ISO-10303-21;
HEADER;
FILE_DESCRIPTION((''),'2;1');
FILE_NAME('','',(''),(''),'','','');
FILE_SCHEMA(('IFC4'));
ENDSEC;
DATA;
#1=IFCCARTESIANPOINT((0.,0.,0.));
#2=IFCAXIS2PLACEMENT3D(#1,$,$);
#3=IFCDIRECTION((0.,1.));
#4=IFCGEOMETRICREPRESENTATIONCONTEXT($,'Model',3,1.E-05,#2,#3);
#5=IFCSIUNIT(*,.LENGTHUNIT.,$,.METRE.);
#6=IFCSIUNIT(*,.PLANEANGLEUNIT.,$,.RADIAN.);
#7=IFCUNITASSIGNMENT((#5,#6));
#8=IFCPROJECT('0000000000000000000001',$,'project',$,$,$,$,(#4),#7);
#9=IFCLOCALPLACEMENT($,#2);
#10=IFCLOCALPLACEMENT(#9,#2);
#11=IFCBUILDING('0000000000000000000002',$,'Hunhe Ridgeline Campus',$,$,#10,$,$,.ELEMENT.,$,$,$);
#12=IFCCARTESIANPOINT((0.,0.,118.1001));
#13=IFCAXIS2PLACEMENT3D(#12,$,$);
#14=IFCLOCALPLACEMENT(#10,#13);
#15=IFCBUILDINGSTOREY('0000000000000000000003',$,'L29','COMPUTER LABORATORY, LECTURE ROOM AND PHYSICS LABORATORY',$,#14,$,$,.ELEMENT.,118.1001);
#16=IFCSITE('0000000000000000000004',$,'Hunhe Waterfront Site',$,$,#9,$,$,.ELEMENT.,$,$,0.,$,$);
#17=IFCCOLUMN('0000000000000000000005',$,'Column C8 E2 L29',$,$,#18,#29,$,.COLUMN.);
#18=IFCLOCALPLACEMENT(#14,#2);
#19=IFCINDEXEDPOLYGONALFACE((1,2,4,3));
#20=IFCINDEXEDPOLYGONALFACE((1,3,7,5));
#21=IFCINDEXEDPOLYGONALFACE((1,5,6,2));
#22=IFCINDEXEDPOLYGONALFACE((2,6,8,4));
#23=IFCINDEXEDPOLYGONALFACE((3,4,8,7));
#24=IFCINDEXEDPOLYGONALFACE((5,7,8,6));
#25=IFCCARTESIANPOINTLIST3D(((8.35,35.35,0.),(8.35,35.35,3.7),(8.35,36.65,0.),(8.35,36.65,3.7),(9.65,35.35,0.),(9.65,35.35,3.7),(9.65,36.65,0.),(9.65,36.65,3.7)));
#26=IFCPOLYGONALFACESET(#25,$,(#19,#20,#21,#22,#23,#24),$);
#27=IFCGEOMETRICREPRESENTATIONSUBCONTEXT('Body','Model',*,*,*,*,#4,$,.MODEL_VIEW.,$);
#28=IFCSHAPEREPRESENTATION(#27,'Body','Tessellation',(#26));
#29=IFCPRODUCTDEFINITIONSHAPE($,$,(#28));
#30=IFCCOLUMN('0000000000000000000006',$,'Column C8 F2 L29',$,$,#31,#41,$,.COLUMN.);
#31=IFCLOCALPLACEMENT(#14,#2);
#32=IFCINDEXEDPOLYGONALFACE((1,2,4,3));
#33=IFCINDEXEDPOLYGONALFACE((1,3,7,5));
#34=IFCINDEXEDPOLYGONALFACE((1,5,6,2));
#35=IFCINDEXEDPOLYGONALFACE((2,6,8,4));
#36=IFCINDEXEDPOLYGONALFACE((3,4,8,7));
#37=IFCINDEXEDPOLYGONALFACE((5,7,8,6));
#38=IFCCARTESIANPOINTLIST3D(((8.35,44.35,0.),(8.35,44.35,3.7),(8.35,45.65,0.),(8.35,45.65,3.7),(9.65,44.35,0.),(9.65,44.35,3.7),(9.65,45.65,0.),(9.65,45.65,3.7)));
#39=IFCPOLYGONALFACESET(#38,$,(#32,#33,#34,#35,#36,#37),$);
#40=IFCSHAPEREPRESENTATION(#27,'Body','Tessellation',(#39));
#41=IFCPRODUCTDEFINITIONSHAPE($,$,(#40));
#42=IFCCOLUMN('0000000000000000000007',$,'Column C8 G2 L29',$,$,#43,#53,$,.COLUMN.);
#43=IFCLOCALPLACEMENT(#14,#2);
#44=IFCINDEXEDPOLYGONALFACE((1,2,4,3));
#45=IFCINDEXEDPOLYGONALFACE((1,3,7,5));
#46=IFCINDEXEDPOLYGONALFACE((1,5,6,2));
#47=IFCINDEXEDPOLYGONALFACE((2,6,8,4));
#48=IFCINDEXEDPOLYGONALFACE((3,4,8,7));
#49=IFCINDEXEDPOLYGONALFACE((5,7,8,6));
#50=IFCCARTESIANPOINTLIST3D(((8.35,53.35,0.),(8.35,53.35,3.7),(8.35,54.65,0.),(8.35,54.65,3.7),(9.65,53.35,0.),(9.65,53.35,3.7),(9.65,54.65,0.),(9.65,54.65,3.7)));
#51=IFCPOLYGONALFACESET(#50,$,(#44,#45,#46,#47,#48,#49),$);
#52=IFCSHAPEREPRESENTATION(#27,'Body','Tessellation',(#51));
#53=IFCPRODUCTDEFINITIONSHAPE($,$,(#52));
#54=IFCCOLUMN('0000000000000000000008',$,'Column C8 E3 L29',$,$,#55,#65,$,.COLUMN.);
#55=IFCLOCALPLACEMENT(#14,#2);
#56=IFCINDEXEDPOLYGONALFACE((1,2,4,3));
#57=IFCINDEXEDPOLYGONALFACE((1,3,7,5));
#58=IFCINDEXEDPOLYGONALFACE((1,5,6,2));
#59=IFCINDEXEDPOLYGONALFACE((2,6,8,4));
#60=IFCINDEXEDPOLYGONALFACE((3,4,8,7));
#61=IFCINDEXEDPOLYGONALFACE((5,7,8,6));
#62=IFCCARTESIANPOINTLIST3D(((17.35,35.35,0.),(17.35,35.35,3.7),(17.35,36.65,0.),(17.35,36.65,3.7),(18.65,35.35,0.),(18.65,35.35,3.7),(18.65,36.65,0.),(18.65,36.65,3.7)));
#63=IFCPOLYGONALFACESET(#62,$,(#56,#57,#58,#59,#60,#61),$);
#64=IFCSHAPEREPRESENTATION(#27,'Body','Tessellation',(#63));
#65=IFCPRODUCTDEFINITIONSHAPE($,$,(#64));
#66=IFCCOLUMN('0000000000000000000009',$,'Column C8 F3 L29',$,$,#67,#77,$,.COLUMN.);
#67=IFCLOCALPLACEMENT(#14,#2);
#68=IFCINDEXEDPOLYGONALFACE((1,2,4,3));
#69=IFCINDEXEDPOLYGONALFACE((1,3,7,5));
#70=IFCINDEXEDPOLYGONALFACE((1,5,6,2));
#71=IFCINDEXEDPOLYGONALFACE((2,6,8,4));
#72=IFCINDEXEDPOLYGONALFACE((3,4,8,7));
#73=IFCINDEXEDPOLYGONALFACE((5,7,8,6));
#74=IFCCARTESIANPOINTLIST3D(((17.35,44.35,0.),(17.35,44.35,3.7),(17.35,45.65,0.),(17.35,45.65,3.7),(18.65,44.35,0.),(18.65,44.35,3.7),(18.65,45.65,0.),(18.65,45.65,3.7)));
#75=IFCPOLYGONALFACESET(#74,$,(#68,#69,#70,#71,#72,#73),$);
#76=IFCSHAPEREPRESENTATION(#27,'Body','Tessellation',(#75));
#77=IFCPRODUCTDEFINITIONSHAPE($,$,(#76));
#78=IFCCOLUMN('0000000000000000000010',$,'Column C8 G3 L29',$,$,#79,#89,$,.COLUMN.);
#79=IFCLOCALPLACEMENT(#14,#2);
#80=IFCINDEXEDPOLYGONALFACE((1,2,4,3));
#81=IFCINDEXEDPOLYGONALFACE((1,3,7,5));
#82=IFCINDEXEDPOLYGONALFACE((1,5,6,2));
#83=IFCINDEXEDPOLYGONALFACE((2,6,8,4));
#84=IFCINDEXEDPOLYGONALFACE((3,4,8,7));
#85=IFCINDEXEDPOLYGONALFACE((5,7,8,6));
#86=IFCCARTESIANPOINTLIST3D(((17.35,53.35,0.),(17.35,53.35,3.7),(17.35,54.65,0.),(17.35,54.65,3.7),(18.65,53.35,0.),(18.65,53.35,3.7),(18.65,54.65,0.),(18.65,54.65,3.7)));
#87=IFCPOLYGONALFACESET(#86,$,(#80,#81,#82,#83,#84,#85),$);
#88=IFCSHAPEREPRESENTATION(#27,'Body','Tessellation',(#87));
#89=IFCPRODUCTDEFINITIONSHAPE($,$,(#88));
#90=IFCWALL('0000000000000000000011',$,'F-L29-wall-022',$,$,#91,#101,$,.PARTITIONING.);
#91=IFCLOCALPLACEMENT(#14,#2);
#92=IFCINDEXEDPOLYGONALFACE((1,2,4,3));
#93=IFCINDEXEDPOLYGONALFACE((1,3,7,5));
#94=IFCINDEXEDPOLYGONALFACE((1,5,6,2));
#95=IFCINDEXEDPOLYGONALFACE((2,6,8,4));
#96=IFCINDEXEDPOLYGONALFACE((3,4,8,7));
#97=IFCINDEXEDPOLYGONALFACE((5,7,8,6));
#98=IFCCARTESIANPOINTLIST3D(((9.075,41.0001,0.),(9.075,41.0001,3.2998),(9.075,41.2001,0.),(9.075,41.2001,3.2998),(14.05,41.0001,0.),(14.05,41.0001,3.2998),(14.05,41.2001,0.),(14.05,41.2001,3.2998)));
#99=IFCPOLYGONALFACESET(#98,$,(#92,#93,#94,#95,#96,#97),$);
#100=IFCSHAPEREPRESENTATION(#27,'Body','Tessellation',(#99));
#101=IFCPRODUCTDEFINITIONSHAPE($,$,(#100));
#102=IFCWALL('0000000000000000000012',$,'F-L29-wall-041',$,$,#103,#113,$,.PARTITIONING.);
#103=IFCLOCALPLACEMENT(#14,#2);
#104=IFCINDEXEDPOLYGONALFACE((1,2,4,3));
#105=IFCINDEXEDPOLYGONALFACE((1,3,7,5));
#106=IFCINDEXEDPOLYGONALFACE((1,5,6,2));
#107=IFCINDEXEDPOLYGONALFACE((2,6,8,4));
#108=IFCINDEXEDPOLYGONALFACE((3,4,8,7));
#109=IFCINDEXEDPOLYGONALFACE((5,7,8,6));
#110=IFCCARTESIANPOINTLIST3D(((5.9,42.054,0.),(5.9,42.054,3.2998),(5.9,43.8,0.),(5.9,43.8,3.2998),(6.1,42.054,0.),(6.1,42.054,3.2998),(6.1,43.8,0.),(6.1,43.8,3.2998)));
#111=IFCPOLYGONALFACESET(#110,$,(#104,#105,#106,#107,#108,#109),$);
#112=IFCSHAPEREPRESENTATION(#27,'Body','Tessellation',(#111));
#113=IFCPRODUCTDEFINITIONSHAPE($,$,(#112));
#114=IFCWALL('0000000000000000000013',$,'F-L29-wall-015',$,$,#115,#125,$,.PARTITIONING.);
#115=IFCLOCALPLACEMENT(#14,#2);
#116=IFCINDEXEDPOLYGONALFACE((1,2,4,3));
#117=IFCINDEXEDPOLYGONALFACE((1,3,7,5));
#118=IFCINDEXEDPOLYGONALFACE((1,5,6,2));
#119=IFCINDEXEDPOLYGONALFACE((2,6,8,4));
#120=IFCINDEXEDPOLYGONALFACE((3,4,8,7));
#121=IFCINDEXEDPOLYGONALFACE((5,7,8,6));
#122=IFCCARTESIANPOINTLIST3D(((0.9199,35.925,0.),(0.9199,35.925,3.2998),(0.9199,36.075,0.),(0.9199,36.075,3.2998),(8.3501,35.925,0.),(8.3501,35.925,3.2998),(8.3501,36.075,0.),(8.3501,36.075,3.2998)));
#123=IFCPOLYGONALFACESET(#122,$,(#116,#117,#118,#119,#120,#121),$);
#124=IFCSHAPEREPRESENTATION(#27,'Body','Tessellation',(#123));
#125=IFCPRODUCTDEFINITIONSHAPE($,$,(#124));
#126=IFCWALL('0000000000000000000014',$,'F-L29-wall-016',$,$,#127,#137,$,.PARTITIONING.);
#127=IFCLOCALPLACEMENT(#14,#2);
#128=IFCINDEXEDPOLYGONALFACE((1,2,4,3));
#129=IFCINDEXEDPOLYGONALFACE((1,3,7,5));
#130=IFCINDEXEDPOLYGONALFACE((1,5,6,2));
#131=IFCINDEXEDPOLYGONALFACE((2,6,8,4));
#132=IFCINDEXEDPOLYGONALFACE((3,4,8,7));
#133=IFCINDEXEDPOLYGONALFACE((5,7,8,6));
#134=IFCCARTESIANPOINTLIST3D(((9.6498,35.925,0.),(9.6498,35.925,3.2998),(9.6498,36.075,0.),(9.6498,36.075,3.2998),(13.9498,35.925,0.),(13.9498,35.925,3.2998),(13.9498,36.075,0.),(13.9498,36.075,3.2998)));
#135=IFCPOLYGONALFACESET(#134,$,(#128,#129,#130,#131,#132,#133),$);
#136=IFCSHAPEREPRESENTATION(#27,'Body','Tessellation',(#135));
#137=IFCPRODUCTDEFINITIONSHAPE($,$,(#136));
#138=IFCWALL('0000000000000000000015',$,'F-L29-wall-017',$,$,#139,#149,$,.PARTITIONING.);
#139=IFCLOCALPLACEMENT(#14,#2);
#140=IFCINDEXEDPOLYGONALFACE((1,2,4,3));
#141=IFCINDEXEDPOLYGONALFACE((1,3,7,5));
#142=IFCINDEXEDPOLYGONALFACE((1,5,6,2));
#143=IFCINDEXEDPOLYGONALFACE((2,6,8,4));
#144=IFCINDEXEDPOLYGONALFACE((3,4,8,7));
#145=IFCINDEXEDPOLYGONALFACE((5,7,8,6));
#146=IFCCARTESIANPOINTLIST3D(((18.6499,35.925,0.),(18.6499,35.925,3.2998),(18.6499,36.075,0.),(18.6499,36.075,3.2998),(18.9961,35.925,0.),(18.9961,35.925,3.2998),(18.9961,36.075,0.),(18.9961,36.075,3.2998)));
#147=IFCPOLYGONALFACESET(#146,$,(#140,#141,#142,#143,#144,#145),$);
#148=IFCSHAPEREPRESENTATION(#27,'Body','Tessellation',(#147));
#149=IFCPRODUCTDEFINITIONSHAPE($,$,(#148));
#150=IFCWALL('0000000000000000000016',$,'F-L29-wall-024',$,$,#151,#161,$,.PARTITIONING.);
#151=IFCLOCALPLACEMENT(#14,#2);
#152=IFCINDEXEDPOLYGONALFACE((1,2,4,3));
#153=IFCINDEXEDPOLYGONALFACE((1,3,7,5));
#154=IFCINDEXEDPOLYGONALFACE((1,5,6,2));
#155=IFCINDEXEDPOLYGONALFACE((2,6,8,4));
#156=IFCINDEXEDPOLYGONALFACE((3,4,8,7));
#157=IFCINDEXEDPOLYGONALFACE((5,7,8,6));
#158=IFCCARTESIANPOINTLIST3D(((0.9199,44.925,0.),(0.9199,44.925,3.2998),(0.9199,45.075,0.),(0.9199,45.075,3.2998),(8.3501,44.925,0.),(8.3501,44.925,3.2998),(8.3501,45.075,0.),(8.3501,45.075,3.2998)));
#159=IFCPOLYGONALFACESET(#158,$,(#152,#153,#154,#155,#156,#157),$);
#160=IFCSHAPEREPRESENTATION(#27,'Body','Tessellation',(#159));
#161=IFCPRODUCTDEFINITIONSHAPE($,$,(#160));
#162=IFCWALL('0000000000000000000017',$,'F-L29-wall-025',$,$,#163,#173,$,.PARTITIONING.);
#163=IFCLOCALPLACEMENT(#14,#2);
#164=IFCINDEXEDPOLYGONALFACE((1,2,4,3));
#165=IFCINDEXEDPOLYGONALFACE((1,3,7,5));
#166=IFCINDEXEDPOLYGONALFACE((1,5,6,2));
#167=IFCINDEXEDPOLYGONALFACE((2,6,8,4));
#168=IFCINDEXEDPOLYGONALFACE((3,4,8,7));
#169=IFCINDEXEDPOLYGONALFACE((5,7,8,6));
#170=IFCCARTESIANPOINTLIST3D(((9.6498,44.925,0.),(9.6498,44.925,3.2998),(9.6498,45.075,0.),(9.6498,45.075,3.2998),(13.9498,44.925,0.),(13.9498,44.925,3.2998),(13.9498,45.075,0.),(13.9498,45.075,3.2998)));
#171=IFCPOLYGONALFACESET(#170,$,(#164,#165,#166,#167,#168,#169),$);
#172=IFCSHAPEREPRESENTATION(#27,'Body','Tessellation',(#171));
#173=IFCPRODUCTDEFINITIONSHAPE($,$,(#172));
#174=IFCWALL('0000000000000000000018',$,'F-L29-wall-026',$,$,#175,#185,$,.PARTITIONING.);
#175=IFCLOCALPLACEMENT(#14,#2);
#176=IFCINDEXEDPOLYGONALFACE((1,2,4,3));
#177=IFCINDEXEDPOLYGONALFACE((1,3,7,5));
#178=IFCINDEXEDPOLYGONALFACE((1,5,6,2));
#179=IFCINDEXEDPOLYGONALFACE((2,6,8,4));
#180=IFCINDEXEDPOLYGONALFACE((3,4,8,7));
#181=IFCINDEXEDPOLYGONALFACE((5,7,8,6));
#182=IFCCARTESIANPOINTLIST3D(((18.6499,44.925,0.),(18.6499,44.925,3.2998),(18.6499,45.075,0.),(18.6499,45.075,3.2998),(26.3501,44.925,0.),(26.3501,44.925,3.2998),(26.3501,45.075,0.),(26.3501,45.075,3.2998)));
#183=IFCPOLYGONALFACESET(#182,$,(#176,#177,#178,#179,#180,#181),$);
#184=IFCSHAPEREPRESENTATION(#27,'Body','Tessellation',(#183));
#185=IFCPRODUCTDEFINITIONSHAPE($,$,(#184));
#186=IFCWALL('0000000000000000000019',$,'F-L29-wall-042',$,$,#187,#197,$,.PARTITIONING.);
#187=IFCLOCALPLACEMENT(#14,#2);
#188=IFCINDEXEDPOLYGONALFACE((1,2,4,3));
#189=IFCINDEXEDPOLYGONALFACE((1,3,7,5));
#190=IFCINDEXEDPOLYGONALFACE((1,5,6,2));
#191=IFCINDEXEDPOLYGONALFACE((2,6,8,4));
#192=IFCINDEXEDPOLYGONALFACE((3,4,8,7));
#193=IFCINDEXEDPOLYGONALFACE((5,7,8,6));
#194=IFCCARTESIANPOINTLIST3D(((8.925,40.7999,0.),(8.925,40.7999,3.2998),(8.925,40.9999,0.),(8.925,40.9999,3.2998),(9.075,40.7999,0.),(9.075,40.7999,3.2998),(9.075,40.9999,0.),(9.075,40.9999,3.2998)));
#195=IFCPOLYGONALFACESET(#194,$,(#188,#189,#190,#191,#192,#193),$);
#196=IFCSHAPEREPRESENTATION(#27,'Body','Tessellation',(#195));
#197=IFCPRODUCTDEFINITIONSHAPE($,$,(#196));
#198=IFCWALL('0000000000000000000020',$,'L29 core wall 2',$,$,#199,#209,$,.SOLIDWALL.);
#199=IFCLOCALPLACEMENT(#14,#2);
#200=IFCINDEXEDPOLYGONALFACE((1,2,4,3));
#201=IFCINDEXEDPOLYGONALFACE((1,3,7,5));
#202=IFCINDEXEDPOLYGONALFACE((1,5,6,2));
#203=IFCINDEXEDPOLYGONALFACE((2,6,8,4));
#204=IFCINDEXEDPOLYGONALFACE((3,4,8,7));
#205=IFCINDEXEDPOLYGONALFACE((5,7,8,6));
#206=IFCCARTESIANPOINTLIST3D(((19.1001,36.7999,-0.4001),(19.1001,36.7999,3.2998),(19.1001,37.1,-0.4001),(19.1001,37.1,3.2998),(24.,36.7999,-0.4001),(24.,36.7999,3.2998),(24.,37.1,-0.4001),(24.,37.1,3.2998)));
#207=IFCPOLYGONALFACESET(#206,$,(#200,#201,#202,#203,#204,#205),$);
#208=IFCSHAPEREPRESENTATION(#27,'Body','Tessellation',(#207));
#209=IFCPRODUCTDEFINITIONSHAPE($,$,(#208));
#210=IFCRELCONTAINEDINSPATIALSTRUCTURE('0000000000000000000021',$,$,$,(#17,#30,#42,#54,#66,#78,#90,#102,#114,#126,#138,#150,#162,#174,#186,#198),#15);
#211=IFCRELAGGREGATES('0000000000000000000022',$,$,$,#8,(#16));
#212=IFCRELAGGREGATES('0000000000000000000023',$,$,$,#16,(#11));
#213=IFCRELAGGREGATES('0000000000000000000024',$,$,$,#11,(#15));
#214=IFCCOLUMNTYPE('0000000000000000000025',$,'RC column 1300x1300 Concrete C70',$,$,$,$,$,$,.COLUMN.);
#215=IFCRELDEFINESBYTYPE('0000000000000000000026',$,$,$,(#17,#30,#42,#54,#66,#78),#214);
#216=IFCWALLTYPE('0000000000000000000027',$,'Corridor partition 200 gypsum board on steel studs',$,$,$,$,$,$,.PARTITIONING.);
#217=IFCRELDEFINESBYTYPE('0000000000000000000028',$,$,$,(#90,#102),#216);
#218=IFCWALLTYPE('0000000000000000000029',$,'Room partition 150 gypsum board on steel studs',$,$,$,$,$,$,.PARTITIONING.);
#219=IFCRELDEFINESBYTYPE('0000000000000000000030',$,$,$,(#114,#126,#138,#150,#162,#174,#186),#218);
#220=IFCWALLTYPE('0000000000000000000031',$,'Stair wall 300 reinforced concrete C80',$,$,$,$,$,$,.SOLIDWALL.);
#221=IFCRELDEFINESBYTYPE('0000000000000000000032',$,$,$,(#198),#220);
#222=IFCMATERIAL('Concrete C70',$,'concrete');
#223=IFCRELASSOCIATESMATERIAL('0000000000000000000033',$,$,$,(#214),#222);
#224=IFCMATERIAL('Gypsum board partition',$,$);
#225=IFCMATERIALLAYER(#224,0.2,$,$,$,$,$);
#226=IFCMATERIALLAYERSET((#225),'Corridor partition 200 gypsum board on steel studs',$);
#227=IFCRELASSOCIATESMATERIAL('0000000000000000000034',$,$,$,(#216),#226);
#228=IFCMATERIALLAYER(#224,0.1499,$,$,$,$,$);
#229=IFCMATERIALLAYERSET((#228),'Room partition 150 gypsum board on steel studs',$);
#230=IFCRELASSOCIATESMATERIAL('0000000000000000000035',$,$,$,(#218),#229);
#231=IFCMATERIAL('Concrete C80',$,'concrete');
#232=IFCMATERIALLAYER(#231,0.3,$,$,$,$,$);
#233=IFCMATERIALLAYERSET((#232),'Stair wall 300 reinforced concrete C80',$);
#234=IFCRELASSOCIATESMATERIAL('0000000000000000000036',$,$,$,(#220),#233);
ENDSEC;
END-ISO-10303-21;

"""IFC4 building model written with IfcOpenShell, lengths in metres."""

from ifc_helpers import new_model, si_unit, direction, frame, frame_2d, origin, origin_2d, place, context, subcontext, project, spatial, rectangle, extrude, material, layer, layer_set, material_profile, profile_set, type_object, element, save


model = new_model("IFC4")

# Units and contexts
model_context = context("Model", 3, precision=1e-05, world=origin(), true_north=direction((0.0, 1.0)))
body_context = subcontext(model_context, "Body", "Model", "MODEL_VIEW")
ifc_project = project(units=[si_unit("LENGTHUNIT", "METRE"), si_unit("PLANEANGLEUNIT", "RADIAN")], contexts=[model_context])

# Site, building, storey
site_placement = place(None, origin())
site = spatial("IfcSite", under=ifc_project, at=site_placement, Name="Hunhe Waterfront Site", CompositionType="ELEMENT", RefElevation=0.0)
building_placement = place(site_placement, origin())
building = spatial("IfcBuilding", under=site, at=building_placement, Name="Hunhe Ridgeline Campus", CompositionType="ELEMENT")
storey_placement = place(building_placement, frame((0.0, 0.0, 118.1001)))
storey = spatial("IfcBuildingStorey", under=building, at=storey_placement, Name="L29", Description="COMPUTER LABORATORY, LECTURE ROOM AND PHYSICS LABORATORY", CompositionType="ELEMENT", Elevation=118.1001)

# Columns
ifc_material_1 = material(Name="Concrete C70", Category="concrete")
ifc_material_profile = material_profile(ifc_material_1, rectangle(XDim=1.3, YDim=1.3, at=origin_2d()))
ifc_profile_set = profile_set([ifc_material_profile], Name="Concrete C70")
column_type = type_object("IfcColumnType", Name="RC column 1300x1300 Concrete C70", PredefinedType="COLUMN", material=ifc_profile_set)
for number, where, z_axis, x_axis, name in (
    (1, (9.0, 36.0, 0.0), (0.0, 0.0, 1.0), (1.0, 0.0, 0.0), "Column C8 E2 L29"),
    (2, (9.0, 45.0, 0.0), (0.0, 0.0, 1.0), (1.0, 0.0, 0.0), "Column C8 F2 L29"),
    (3, (9.0, 54.0, 0.0), (0.0, 0.0, 1.0), (1.0, 0.0, 0.0), "Column C8 G2 L29"),
    (4, (18.0, 36.0, 0.0), (0.0, 0.0, 1.0), (1.0, 0.0, 0.0), "Column C8 E3 L29"),
    (5, (18.0, 45.0, 0.0), (0.0, 0.0, 1.0), (1.0, 0.0, 0.0), "Column C8 F3 L29"),
    (6, (18.0, 54.0, 0.0), (0.0, 0.0, 1.0), (1.0, 0.0, 0.0), "Column C8 G3 L29"),
):
    element("IfcColumn", number, at=place(storey_placement, frame(where, z_axis=z_axis, x_axis=x_axis)), inside=storey, type_object=column_type, Name=name, PredefinedType="COLUMN", context=body_context, shape_type="SweptSolid", body=[
        extrude(rectangle(XDim=1.3, YDim=1.3, at=origin_2d()), origin(), (0.0, 0.0, 1.0), 3.7),
    ])

# Wall
ifc_material_2 = material(Name="Gypsum board partition")
ifc_layer_1 = layer(ifc_material_2, 0.2)
ifc_layer_set_1 = layer_set([ifc_layer_1], Name="Corridor partition 200 gypsum board on steel studs")
wall_type_1 = type_object("IfcWallType", Name="Corridor partition 200 gypsum board on steel studs", PredefinedType="PARTITIONING", material=ifc_layer_set_1)
wall_1_placement = place(storey_placement, frame((14.05, 41.1001, 0.0), z_axis=(0.0, 0.0, 1.0), x_axis=(-1.0, 0.0, 0.0)))
element("IfcWall", 7, at=wall_1_placement, inside=storey, type_object=wall_type_1, Name="F-L29-wall-022", PredefinedType="PARTITIONING", context=body_context, shape_type="SweptSolid", body=[
    extrude(rectangle(XDim=4.9751, YDim=0.2, at=frame_2d((2.4875, 0.0))), origin(), (0.0, 0.0, 1.0), 3.2998),
])

# Wall
wall_2_placement = place(storey_placement, frame((6.0, 42.054, 0.0), z_axis=(0.0, 0.0, 1.0), x_axis=(0.0, 1.0, 0.0)))
element("IfcWall", 8, at=wall_2_placement, inside=storey, type_object=wall_type_1, Name="F-L29-wall-041", PredefinedType="PARTITIONING", context=body_context, shape_type="SweptSolid", body=[
    extrude(rectangle(XDim=1.7461, YDim=0.2, at=frame_2d((0.873, 0.0))), origin(), (0.0, 0.0, 1.0), 3.2998),
])

# Walls
ifc_layer_2 = layer(ifc_material_2, 0.1499)
ifc_layer_set_2 = layer_set([ifc_layer_2], Name="Room partition 150 gypsum board on steel studs")
wall_type_2 = type_object("IfcWallType", Name="Room partition 150 gypsum board on steel studs", PredefinedType="PARTITIONING", material=ifc_layer_set_2)
wall_3_placement = place(storey_placement, frame((0.9199, 36.0, 0.0), z_axis=(0.0, 0.0, 1.0), x_axis=(1.0, 0.0, 0.0)))
element("IfcWall", 9, at=wall_3_placement, inside=storey, type_object=wall_type_2, Name="F-L29-wall-015", PredefinedType="PARTITIONING", context=body_context, shape_type="SweptSolid", body=[
    extrude(rectangle(XDim=7.4302, YDim=0.1499, at=frame_2d((3.7151, 0.0))), origin(), (0.0, 0.0, 1.0), 3.2998),
])
wall_4_placement = place(storey_placement, frame((9.6499, 36.0, 0.0), z_axis=(0.0, 0.0, 1.0), x_axis=(1.0, 0.0, 0.0)))
element("IfcWall", 10, at=wall_4_placement, inside=storey, type_object=wall_type_2, Name="F-L29-wall-016", PredefinedType="PARTITIONING", context=body_context, shape_type="SweptSolid", body=[
    extrude(rectangle(XDim=4.3, YDim=0.1499, at=frame_2d((2.1499, 0.0))), origin(), (0.0, 0.0, 1.0), 3.2998),
])
wall_5_placement = place(storey_placement, frame((18.6499, 36.0, 0.0), z_axis=(0.0, 0.0, 1.0), x_axis=(1.0, 0.0, 0.0)))
element("IfcWall", 11, at=wall_5_placement, inside=storey, type_object=wall_type_2, Name="F-L29-wall-017", PredefinedType="PARTITIONING", context=body_context, shape_type="SweptSolid", body=[
    extrude(rectangle(XDim=0.3462, YDim=0.1499, at=frame_2d((0.1731, 0.0))), origin(), (0.0, 0.0, 1.0), 3.2998),
])
wall_6_placement = place(storey_placement, frame((0.9199, 45.0, 0.0), z_axis=(0.0, 0.0, 1.0), x_axis=(1.0, 0.0, 0.0)))
element("IfcWall", 12, at=wall_6_placement, inside=storey, type_object=wall_type_2, Name="F-L29-wall-024", PredefinedType="PARTITIONING", context=body_context, shape_type="SweptSolid", body=[
    extrude(rectangle(XDim=7.4302, YDim=0.1499, at=frame_2d((3.7151, 0.0))), origin(), (0.0, 0.0, 1.0), 3.2998),
])
wall_7_placement = place(storey_placement, frame((9.6499, 45.0, 0.0), z_axis=(0.0, 0.0, 1.0), x_axis=(1.0, 0.0, 0.0)))
element("IfcWall", 13, at=wall_7_placement, inside=storey, type_object=wall_type_2, Name="F-L29-wall-025", PredefinedType="PARTITIONING", context=body_context, shape_type="SweptSolid", body=[
    extrude(rectangle(XDim=4.3, YDim=0.1499, at=frame_2d((2.1499, 0.0))), origin(), (0.0, 0.0, 1.0), 3.2998),
])
wall_8_placement = place(storey_placement, frame((18.6499, 45.0, 0.0), z_axis=(0.0, 0.0, 1.0), x_axis=(1.0, 0.0, 0.0)))
element("IfcWall", 14, at=wall_8_placement, inside=storey, type_object=wall_type_2, Name="F-L29-wall-026", PredefinedType="PARTITIONING", context=body_context, shape_type="SweptSolid", body=[
    extrude(rectangle(XDim=7.7002, YDim=0.1499, at=frame_2d((3.8501, 0.0))), origin(), (0.0, 0.0, 1.0), 3.2998),
])
wall_9_placement = place(storey_placement, frame((9.0, 41.0, 0.0), z_axis=(0.0, 0.0, 1.0), x_axis=(0.0, -1.0, 0.0)))
element("IfcWall", 15, at=wall_9_placement, inside=storey, type_object=wall_type_2, Name="F-L29-wall-042", PredefinedType="PARTITIONING", context=body_context, shape_type="SweptSolid", body=[
    extrude(rectangle(XDim=0.2, YDim=0.1499, at=frame_2d((0.1001, 0.0))), origin(), (0.0, 0.0, 1.0), 3.2998),
])
ifc_material_3 = material(Name="Concrete C80", Category="concrete")
ifc_layer_3 = layer(ifc_material_3, 0.3)
ifc_layer_set_3 = layer_set([ifc_layer_3], Name="Stair wall 300 reinforced concrete C80")
wall_type_3 = type_object("IfcWallType", Name="Stair wall 300 reinforced concrete C80", PredefinedType="SOLIDWALL", material=ifc_layer_set_3)
wall_10_placement = place(storey_placement, frame((19.1001, 36.95, -0.4001), z_axis=(0.0, 0.0, 1.0), x_axis=(1.0, 0.0, 0.0)))
element("IfcWall", 16, at=wall_10_placement, inside=storey, type_object=wall_type_3, Name="L29 core wall 2", PredefinedType="SOLIDWALL", context=body_context, shape_type="SweptSolid", body=[
    extrude(rectangle(XDim=4.8999, YDim=0.3, at=frame_2d((2.45, 0.0))), origin(), (0.0, 0.0, 1.0), 3.7),
])

save(model, "model.ifc")
